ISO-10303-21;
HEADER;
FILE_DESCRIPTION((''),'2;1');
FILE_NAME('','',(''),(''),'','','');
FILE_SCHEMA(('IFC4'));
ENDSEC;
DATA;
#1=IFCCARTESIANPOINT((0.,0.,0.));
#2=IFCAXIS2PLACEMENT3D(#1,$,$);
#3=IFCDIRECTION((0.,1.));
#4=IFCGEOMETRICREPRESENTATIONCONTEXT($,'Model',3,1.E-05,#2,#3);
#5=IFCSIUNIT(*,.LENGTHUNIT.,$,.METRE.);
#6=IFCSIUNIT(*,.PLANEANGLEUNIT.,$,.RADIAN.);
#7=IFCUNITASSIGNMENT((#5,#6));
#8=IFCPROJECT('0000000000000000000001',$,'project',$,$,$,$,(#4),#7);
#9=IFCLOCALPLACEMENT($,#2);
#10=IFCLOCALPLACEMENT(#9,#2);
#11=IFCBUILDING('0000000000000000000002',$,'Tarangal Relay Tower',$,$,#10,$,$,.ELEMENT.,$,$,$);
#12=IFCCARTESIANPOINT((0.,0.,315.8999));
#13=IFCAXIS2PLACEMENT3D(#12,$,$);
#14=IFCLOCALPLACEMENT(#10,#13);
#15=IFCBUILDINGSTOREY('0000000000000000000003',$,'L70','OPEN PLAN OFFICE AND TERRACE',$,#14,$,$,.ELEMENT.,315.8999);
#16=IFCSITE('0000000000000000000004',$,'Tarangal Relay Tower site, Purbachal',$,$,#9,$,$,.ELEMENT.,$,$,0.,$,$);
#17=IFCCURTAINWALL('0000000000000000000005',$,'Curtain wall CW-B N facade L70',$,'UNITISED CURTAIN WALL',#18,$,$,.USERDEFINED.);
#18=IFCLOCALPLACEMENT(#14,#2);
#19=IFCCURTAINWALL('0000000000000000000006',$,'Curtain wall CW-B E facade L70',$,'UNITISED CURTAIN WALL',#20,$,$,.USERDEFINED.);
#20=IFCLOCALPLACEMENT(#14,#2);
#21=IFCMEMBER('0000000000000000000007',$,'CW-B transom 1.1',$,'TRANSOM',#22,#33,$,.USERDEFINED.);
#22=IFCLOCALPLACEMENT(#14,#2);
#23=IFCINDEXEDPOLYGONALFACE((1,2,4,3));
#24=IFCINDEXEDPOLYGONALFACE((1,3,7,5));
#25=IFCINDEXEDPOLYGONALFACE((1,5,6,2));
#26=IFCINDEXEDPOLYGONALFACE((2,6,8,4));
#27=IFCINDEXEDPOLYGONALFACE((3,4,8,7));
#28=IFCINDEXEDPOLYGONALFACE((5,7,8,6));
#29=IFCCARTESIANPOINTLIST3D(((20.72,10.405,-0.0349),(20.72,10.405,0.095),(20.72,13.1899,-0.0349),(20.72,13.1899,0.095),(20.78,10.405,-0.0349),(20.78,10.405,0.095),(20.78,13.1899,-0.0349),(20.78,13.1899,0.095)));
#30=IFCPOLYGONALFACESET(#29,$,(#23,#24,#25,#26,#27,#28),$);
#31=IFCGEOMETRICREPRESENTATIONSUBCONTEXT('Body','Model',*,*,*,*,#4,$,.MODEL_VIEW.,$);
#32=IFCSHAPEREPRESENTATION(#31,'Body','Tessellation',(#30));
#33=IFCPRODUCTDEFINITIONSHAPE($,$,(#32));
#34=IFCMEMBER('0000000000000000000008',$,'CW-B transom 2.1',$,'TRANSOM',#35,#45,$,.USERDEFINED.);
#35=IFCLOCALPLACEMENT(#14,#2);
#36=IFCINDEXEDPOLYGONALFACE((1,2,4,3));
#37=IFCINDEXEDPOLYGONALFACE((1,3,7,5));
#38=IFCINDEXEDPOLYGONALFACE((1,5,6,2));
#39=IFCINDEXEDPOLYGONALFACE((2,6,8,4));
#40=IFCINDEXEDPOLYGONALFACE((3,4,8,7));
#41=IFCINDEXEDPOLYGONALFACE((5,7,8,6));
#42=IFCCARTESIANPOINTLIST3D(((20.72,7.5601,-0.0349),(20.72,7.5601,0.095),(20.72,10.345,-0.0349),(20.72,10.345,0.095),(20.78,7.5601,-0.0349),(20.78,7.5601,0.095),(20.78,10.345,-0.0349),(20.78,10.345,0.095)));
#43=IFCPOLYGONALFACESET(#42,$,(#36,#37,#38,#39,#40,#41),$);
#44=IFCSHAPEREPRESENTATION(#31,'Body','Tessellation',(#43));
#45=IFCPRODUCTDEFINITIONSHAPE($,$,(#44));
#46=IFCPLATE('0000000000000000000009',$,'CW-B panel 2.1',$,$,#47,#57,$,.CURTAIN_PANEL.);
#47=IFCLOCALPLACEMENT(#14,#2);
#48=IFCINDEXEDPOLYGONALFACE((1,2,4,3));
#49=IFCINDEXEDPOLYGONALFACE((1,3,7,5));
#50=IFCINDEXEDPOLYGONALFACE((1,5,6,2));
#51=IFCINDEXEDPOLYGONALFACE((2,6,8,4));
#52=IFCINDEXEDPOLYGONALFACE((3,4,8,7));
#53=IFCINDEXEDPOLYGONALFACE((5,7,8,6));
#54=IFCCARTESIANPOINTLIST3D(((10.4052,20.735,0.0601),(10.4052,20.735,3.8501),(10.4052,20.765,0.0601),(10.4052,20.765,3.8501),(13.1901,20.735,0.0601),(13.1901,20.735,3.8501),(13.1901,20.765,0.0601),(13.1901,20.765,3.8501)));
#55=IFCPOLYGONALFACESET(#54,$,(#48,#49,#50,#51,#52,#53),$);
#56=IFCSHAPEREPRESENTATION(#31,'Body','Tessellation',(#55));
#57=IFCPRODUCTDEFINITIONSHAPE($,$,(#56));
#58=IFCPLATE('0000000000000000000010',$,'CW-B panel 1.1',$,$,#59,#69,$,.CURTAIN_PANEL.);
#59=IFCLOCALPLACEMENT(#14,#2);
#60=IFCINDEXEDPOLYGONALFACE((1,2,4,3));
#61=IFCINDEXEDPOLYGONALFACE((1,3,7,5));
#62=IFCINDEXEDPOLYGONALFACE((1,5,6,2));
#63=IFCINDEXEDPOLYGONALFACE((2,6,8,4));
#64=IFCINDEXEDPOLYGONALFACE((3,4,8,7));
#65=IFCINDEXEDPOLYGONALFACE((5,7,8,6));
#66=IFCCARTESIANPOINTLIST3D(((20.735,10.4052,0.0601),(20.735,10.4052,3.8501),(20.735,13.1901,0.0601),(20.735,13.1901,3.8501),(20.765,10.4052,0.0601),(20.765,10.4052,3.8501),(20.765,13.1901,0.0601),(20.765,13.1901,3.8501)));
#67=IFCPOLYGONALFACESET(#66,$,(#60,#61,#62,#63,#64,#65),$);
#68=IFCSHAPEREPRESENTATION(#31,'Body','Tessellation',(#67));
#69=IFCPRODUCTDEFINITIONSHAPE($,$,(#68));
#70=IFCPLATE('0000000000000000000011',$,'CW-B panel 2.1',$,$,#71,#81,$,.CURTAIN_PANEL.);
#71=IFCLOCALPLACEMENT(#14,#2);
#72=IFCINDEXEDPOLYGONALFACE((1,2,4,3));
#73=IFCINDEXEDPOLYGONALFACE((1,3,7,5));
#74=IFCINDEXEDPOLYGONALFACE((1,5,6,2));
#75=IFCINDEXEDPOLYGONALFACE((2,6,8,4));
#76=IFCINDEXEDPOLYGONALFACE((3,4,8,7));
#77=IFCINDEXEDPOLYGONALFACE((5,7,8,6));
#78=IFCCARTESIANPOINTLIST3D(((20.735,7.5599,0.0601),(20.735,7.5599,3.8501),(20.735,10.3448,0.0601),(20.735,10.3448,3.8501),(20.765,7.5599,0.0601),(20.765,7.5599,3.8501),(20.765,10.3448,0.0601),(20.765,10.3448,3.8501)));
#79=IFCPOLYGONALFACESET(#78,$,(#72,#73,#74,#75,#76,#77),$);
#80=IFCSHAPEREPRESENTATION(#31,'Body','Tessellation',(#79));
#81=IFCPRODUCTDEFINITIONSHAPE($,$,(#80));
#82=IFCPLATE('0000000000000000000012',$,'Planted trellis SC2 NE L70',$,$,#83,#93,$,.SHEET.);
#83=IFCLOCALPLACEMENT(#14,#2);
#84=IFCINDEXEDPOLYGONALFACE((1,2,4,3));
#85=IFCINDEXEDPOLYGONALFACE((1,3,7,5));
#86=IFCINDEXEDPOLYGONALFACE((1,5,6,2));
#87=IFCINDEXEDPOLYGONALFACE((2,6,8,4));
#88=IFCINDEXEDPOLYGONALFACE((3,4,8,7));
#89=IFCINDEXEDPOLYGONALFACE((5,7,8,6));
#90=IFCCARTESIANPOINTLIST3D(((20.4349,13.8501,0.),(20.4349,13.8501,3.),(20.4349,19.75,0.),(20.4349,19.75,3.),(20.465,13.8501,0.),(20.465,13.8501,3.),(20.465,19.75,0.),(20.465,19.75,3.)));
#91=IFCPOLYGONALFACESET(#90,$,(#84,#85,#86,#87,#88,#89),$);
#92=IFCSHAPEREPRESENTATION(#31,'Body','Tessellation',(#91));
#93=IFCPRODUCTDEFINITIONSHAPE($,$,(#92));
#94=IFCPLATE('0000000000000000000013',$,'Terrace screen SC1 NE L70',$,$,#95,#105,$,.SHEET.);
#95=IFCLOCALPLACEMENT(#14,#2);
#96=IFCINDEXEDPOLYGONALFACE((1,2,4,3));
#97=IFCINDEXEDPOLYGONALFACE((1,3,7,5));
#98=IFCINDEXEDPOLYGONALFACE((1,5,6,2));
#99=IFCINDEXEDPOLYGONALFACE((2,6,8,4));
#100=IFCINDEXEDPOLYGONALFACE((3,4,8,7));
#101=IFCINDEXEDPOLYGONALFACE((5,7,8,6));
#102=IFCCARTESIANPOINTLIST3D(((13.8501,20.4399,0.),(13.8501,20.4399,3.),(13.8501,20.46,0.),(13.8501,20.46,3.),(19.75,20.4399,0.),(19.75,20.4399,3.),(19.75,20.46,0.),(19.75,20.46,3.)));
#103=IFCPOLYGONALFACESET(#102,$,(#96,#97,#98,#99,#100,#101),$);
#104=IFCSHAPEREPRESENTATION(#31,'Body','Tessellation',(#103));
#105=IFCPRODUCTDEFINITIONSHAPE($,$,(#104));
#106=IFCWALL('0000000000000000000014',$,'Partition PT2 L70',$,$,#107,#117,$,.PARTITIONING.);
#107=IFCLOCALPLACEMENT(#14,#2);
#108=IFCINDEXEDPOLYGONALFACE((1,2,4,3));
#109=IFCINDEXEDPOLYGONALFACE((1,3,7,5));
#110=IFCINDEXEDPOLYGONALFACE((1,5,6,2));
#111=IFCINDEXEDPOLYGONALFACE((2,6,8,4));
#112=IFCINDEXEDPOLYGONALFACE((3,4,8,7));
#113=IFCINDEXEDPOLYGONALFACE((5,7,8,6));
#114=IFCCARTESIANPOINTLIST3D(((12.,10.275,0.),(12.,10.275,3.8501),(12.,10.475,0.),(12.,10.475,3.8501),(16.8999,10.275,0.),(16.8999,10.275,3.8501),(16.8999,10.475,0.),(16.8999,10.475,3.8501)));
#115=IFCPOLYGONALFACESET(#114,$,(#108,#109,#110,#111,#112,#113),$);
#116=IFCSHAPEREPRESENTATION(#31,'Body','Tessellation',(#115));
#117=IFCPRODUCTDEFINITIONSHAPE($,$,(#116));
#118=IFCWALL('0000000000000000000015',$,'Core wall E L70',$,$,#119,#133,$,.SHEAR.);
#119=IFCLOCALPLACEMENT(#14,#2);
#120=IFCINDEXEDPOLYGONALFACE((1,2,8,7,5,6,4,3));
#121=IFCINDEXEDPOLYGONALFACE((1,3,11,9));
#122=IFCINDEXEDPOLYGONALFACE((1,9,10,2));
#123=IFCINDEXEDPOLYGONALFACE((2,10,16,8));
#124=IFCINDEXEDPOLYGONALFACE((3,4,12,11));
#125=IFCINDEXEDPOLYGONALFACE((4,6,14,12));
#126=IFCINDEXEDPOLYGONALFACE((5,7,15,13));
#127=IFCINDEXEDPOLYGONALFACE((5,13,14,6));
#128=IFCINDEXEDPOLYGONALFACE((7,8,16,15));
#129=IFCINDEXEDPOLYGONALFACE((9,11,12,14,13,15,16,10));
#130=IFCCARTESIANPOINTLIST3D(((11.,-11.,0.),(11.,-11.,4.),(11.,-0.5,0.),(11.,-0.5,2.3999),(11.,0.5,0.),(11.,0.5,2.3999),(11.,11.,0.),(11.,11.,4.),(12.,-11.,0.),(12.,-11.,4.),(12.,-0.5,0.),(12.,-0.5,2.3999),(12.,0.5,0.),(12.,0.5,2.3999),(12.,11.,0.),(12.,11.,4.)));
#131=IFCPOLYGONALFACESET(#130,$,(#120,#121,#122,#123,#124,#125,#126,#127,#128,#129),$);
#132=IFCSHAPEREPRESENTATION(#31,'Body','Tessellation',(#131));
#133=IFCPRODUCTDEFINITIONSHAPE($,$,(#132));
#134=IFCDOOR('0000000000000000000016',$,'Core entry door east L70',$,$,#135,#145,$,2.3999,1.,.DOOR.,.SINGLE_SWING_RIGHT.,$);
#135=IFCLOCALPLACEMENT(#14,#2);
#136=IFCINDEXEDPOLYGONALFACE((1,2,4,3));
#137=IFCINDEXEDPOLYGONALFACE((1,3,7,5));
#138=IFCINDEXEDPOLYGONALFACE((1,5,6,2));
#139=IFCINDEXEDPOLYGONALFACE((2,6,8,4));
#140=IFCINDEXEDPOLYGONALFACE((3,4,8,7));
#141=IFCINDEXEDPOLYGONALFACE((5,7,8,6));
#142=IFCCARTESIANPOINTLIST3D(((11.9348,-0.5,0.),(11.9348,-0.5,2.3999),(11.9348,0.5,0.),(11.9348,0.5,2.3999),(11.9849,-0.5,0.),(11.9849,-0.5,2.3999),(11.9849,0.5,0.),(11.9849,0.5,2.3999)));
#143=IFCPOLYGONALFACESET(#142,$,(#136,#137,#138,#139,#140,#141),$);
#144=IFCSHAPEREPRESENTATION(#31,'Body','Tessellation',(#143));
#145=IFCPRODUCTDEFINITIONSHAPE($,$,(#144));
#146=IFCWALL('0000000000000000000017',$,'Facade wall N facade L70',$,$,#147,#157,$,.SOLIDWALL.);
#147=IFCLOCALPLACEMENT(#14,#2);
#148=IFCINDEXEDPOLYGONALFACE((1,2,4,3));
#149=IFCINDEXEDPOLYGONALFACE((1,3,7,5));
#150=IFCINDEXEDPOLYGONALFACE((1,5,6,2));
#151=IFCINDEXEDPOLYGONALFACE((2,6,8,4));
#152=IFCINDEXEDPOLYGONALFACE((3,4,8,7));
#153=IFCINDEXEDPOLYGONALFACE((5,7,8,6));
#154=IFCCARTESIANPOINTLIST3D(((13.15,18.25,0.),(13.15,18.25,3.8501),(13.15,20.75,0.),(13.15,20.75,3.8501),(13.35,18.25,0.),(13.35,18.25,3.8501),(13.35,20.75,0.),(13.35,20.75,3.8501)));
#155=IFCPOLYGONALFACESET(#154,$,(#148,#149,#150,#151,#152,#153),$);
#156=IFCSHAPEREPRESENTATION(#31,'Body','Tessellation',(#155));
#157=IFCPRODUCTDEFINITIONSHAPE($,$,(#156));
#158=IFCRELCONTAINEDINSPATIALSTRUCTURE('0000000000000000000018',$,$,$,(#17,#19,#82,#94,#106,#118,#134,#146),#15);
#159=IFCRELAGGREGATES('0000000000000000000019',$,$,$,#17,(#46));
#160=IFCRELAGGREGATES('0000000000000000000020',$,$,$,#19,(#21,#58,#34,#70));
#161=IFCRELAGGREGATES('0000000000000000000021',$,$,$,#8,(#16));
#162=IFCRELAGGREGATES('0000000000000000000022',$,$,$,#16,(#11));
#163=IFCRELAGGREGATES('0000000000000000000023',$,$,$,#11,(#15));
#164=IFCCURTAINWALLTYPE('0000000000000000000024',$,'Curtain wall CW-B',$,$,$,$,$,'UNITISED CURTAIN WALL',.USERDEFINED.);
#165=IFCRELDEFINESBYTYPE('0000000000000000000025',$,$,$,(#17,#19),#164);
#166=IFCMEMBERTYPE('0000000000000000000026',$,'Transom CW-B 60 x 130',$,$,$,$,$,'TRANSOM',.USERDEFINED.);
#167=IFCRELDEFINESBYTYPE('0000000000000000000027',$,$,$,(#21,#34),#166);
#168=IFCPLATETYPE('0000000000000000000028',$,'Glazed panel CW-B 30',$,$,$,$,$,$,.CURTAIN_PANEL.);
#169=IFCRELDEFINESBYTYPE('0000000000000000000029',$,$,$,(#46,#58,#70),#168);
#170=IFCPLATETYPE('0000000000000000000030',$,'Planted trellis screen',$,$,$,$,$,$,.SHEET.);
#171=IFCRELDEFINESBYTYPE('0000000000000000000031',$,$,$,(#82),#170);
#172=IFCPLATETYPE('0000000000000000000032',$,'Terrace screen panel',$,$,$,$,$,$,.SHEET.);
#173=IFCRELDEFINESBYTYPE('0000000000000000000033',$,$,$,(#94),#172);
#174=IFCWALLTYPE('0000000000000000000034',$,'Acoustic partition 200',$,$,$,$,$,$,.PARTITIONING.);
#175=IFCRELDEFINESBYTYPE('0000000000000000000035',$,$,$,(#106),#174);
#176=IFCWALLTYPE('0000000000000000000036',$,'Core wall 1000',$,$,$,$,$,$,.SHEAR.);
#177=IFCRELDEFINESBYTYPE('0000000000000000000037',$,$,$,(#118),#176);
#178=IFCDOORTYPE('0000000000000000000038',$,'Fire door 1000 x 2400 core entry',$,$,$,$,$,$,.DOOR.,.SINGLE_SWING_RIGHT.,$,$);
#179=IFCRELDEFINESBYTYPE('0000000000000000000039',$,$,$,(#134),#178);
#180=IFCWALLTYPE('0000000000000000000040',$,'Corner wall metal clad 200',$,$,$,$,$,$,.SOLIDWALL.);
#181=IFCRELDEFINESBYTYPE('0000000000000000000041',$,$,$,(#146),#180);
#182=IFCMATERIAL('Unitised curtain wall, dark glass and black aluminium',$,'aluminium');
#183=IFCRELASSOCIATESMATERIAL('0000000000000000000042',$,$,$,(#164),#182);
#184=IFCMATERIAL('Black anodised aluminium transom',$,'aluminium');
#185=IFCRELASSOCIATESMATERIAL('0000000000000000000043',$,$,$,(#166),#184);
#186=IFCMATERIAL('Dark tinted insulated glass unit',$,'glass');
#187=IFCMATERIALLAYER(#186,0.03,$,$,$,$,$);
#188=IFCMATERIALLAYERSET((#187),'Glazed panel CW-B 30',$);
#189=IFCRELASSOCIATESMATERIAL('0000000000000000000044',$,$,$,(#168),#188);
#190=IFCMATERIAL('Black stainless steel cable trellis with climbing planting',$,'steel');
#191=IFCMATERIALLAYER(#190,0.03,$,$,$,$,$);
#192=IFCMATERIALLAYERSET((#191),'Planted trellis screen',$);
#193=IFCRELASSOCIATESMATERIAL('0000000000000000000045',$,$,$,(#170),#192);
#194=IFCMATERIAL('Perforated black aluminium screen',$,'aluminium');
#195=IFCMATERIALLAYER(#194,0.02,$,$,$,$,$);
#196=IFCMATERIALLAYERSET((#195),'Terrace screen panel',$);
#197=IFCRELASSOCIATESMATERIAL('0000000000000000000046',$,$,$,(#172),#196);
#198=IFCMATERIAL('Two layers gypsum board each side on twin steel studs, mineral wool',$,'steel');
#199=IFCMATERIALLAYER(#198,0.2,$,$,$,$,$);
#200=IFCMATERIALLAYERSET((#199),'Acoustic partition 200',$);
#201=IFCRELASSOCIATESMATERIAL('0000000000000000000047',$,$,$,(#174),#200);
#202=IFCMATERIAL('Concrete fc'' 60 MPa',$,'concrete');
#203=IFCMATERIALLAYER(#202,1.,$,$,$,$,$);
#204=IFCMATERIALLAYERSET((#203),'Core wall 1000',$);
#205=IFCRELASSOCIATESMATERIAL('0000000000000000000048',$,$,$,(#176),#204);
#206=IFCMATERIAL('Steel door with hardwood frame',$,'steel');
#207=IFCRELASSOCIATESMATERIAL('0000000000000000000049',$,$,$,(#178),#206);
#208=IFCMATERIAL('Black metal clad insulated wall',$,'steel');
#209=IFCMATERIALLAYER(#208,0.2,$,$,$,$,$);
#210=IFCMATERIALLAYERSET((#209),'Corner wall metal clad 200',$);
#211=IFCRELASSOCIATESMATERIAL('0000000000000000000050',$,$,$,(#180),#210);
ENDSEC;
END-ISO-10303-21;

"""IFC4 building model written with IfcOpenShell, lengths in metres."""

from ifc_helpers import new_model, si_unit, direction, frame, frame_2d, origin, origin_2d, place, context, subcontext, project, spatial, rectangle, extrude, material, layer, layer_set, material_profile, profile_set, type_object, element, fill, aggregate, save


model = new_model("IFC4")

# Units and contexts
model_context = context("Model", 3, precision=1e-05, world=origin(), true_north=direction((0.0, 1.0)))
body_context = subcontext(model_context, "Body", "Model", "MODEL_VIEW")
ifc_project = project(units=[si_unit("LENGTHUNIT", "METRE"), si_unit("PLANEANGLEUNIT", "RADIAN")], contexts=[model_context])

# Site, building, storey
site_placement = place(None, origin())
site = spatial("IfcSite", under=ifc_project, at=site_placement, Name="Tarangal Relay Tower site, Purbachal", CompositionType="ELEMENT", RefElevation=0.0)
building_placement = place(site_placement, origin())
building = spatial("IfcBuilding", under=site, at=building_placement, Name="Tarangal Relay Tower", CompositionType="ELEMENT")
storey_placement = place(building_placement, frame((0.0, 0.0, 315.8999)))
storey = spatial("IfcBuildingStorey", under=building, at=storey_placement, Name="L70", Description="OPEN PLAN OFFICE AND TERRACE", CompositionType="ELEMENT", Elevation=315.8999)

# Curtain wall
ifc_material_1 = material(Name="Unitised curtain wall, dark glass and black aluminium", Category="aluminium")
curtain_wall_type = type_object("IfcCurtainWallType", Name="Curtain wall CW-B", ElementType="UNITISED CURTAIN WALL", PredefinedType="USERDEFINED", material=ifc_material_1)
curtain_wall_1_placement = place(storey_placement, origin())
curtain_wall_1 = element("IfcCurtainWall", 1, at=curtain_wall_1_placement, inside=storey, type_object=curtain_wall_type, Name="Curtain wall CW-B N facade L70", ObjectType="UNITISED CURTAIN WALL", PredefinedType="USERDEFINED")

# Curtain wall, members
curtain_wall_2_placement = place(storey_placement, origin())
curtain_wall_2 = element("IfcCurtainWall", 2, at=curtain_wall_2_placement, inside=storey, type_object=curtain_wall_type, Name="Curtain wall CW-B E facade L70", ObjectType="UNITISED CURTAIN WALL", PredefinedType="USERDEFINED")
ifc_material_2 = material(Name="Black anodised aluminium transom", Category="aluminium")
ifc_material_profile_1 = material_profile(ifc_material_2, rectangle(XDim=0.0601, YDim=0.1299, at=origin_2d()), Name="CW-BT 60X130")
ifc_profile_set_1 = profile_set([ifc_material_profile_1], Name="Black anodised aluminium transom")
member_type_1 = type_object("IfcMemberType", Name="Transom CW-B 60 x 130", ElementType="TRANSOM", PredefinedType="USERDEFINED", material=ifc_profile_set_1)
member_1_placement = place(storey_placement, frame((20.75, 13.1899, 0.03), z_axis=(0.0, -1.0, 0.0), x_axis=(1.0, 0.0, 0.0)))
member_1 = element("IfcMember", 3, at=member_1_placement, type_object=member_type_1, Name="CW-B transom 1.1", ObjectType="TRANSOM", PredefinedType="USERDEFINED", context=body_context, shape_type="SweptSolid", body=[
    extrude(rectangle(XDim=0.0601, YDim=0.1299, at=origin_2d()), origin(), (0.0, 0.0, 1.0), 2.7849),
])
member_2_placement = place(storey_placement, frame((20.75, 10.345, 0.03), z_axis=(0.0, -1.0, 0.0), x_axis=(1.0, 0.0, 0.0)))
member_2 = element("IfcMember", 4, at=member_2_placement, type_object=member_type_1, Name="CW-B transom 2.1", ObjectType="TRANSOM", PredefinedType="USERDEFINED", context=body_context, shape_type="SweptSolid", body=[
    extrude(rectangle(XDim=0.0601, YDim=0.1299, at=origin_2d()), origin(), (0.0, 0.0, 1.0), 2.7849),
])

# Plates
ifc_material_3 = material(Name="Dark tinted insulated glass unit", Category="glass")
ifc_layer_1 = layer(ifc_material_3, 0.03)
ifc_layer_set_1 = layer_set([ifc_layer_1], Name="Glazed panel CW-B 30")
plate_type_1 = type_object("IfcPlateType", Name="Glazed panel CW-B 30", PredefinedType="CURTAIN_PANEL", material=ifc_layer_set_1)
plate_1_placement = place(storey_placement, frame((11.7976, 20.75, 0.0601), z_axis=(0.0, 0.0, 1.0), x_axis=(1.0, 0.0, 0.0)))
plate_1 = element("IfcPlate", 5, at=plate_1_placement, type_object=plate_type_1, Name="CW-B panel 2.1", PredefinedType="CURTAIN_PANEL", context=body_context, shape_type="SweptSolid", body=[
    extrude(rectangle(XDim=2.7849, YDim=0.03, at=origin_2d()), origin(), (0.0, 0.0, 1.0), 3.79),
])
aggregate(curtain_wall_1, [plate_1])
plate_2_placement = place(storey_placement, frame((20.75, 11.7976, 0.0601), z_axis=(0.0, 0.0, 1.0), x_axis=(0.0, -1.0, 0.0)))
plate_2 = element("IfcPlate", 6, at=plate_2_placement, type_object=plate_type_1, Name="CW-B panel 1.1", PredefinedType="CURTAIN_PANEL", context=body_context, shape_type="SweptSolid", body=[
    extrude(rectangle(XDim=2.7849, YDim=0.03, at=origin_2d()), origin(), (0.0, 0.0, 1.0), 3.79),
])
plate_3_placement = place(storey_placement, frame((20.75, 8.9524, 0.0601), z_axis=(0.0, 0.0, 1.0), x_axis=(0.0, -1.0, 0.0)))
plate_3 = element("IfcPlate", 7, at=plate_3_placement, type_object=plate_type_1, Name="CW-B panel 2.1", PredefinedType="CURTAIN_PANEL", context=body_context, shape_type="SweptSolid", body=[
    extrude(rectangle(XDim=2.7849, YDim=0.03, at=origin_2d()), origin(), (0.0, 0.0, 1.0), 3.79),
])
aggregate(curtain_wall_2, [member_1, plate_2, member_2, plate_3])

# Plates
ifc_material_4 = material(Name="Black stainless steel cable trellis with climbing planting", Category="steel")
ifc_layer_2 = layer(ifc_material_4, 0.03)
ifc_layer_set_2 = layer_set([ifc_layer_2], Name="Planted trellis screen")
plate_type_2 = type_object("IfcPlateType", Name="Planted trellis screen", PredefinedType="SHEET", material=ifc_layer_set_2)
plate_4_placement = place(storey_placement, frame((20.45, 16.8, 0.0), z_axis=(0.0, 0.0, 1.0), x_axis=(0.0, -1.0, 0.0)))
element("IfcPlate", 8, at=plate_4_placement, inside=storey, type_object=plate_type_2, Name="Planted trellis SC2 NE L70", PredefinedType="SHEET", context=body_context, shape_type="SweptSolid", body=[
    extrude(rectangle(XDim=5.8999, YDim=0.03, at=origin_2d()), origin(), (0.0, 0.0, 1.0), 3.0),
])
ifc_material_5 = material(Name="Perforated black aluminium screen", Category="aluminium")
ifc_layer_3 = layer(ifc_material_5, 0.02)
ifc_layer_set_3 = layer_set([ifc_layer_3], Name="Terrace screen panel")
plate_type_3 = type_object("IfcPlateType", Name="Terrace screen panel", PredefinedType="SHEET", material=ifc_layer_set_3)
plate_5_placement = place(storey_placement, frame((16.8, 20.45, 0.0), z_axis=(0.0, 0.0, 1.0), x_axis=(1.0, 0.0, 0.0)))
element("IfcPlate", 9, at=plate_5_placement, inside=storey, type_object=plate_type_3, Name="Terrace screen SC1 NE L70", PredefinedType="SHEET", context=body_context, shape_type="SweptSolid", body=[
    extrude(rectangle(XDim=5.8999, YDim=0.02, at=origin_2d()), origin(), (0.0, 0.0, 1.0), 3.0),
])

# Wall
ifc_material_6 = material(Name="Two layers gypsum board each side on twin steel studs, mineral wool", Category="steel")
ifc_layer_4 = layer(ifc_material_6, 0.2)
ifc_layer_set_4 = layer_set([ifc_layer_4], Name="Acoustic partition 200")
wall_type_1 = type_object("IfcWallType", Name="Acoustic partition 200", PredefinedType="PARTITIONING", material=ifc_layer_set_4)
wall_1_placement = place(storey_placement, frame((12.0, 10.375, 0.0), z_axis=(0.0, 0.0, 1.0), x_axis=(1.0, 0.0, 0.0)))
element("IfcWall", 10, at=wall_1_placement, inside=storey, type_object=wall_type_1, Name="Partition PT2 L70", PredefinedType="PARTITIONING", context=body_context, shape_type="SweptSolid", body=[
    extrude(rectangle(XDim=4.8999, YDim=0.2, at=frame_2d((2.45, 0.0))), origin(), (0.0, 0.0, 1.0), 3.8501),
])

# Wall, opening, door
ifc_material_7 = material(Name="Concrete fc' 60 MPa", Category="concrete")
ifc_layer_5 = layer(ifc_material_7, 1.0)
ifc_layer_set_5 = layer_set([ifc_layer_5], Name="Core wall 1000")
wall_type_2 = type_object("IfcWallType", Name="Core wall 1000", PredefinedType="SHEAR", material=ifc_layer_set_5)
wall_2_placement = place(storey_placement, frame((11.5, 11.0, 0.0), z_axis=(0.0, 0.0, 1.0), x_axis=(0.0, -1.0, 0.0)))
wall_2 = element("IfcWall", 11, at=wall_2_placement, inside=storey, type_object=wall_type_2, Name="Core wall E L70", PredefinedType="SHEAR", context=body_context, shape_type="SweptSolid", body=[
    extrude(rectangle(XDim=22.0, YDim=1.0, at=frame_2d((11.0, 0.0))), origin(), (0.0, 0.0, 1.0), 4.0),
])
opening_1_placement = place(wall_2_placement, frame((10.5, 0.0, 0.0)))
opening_1 = element("IfcOpeningElement", 12, at=opening_1_placement, cuts=wall_2, PredefinedType="OPENING", context=body_context, shape_type="SweptSolid", body=[
    extrude(rectangle(XDim=1.0, YDim=2.3999, at=frame_2d((0.5, 1.2))), frame((0.0, 0.51, 0.0), z_axis=(0.0, -1.0, 0.0), x_axis=(1.0, 0.0, 0.0)), (0.0, 0.0, 1.0), 1.02),
])
ifc_material_8 = material(Name="Steel door with hardwood frame", Category="steel")
door_type_1 = type_object("IfcDoorType", Name="Fire door 1000 x 2400 core entry", OperationType="SINGLE_SWING_RIGHT", PredefinedType="DOOR", material=ifc_material_8)
door_1_placement = place(opening_1_placement, origin())
door_1 = element("IfcDoor", 13, at=door_1_placement, inside=storey, type_object=door_type_1, Name="Core entry door east L70", OperationType="SINGLE_SWING_RIGHT", OverallHeight=2.3999, OverallWidth=1.0, PredefinedType="DOOR", context=body_context, shape_type="SweptSolid", body=[
    extrude(rectangle(XDim=1.0, YDim=2.3999, at=frame_2d((0.5, 1.2))), frame((0.0, 0.4849, 0.0), z_axis=(0.0, -1.0, 0.0), x_axis=(1.0, 0.0, 0.0)), (0.0, 0.0, 1.0), 0.05),
])
fill(opening_1, door_1)

# Wall
ifc_material_9 = material(Name="Black metal clad insulated wall", Category="steel")
ifc_layer_6 = layer(ifc_material_9, 0.2)
ifc_layer_set_6 = layer_set([ifc_layer_6], Name="Corner wall metal clad 200")
wall_type_3 = type_object("IfcWallType", Name="Corner wall metal clad 200", PredefinedType="SOLIDWALL", material=ifc_layer_set_6)
wall_3_placement = place(storey_placement, frame((13.25, 20.75, 0.0), z_axis=(0.0, 0.0, 1.0), x_axis=(0.0, -1.0, 0.0)))
element("IfcWall", 14, at=wall_3_placement, inside=storey, type_object=wall_type_3, Name="Facade wall N facade L70", PredefinedType="SOLIDWALL", context=body_context, shape_type="SweptSolid", body=[
    extrude(rectangle(XDim=2.5, YDim=0.2, at=frame_2d((1.25, 0.0))), origin(), (0.0, 0.0, 1.0), 3.8501),
])

save(model, "model.ifc")
